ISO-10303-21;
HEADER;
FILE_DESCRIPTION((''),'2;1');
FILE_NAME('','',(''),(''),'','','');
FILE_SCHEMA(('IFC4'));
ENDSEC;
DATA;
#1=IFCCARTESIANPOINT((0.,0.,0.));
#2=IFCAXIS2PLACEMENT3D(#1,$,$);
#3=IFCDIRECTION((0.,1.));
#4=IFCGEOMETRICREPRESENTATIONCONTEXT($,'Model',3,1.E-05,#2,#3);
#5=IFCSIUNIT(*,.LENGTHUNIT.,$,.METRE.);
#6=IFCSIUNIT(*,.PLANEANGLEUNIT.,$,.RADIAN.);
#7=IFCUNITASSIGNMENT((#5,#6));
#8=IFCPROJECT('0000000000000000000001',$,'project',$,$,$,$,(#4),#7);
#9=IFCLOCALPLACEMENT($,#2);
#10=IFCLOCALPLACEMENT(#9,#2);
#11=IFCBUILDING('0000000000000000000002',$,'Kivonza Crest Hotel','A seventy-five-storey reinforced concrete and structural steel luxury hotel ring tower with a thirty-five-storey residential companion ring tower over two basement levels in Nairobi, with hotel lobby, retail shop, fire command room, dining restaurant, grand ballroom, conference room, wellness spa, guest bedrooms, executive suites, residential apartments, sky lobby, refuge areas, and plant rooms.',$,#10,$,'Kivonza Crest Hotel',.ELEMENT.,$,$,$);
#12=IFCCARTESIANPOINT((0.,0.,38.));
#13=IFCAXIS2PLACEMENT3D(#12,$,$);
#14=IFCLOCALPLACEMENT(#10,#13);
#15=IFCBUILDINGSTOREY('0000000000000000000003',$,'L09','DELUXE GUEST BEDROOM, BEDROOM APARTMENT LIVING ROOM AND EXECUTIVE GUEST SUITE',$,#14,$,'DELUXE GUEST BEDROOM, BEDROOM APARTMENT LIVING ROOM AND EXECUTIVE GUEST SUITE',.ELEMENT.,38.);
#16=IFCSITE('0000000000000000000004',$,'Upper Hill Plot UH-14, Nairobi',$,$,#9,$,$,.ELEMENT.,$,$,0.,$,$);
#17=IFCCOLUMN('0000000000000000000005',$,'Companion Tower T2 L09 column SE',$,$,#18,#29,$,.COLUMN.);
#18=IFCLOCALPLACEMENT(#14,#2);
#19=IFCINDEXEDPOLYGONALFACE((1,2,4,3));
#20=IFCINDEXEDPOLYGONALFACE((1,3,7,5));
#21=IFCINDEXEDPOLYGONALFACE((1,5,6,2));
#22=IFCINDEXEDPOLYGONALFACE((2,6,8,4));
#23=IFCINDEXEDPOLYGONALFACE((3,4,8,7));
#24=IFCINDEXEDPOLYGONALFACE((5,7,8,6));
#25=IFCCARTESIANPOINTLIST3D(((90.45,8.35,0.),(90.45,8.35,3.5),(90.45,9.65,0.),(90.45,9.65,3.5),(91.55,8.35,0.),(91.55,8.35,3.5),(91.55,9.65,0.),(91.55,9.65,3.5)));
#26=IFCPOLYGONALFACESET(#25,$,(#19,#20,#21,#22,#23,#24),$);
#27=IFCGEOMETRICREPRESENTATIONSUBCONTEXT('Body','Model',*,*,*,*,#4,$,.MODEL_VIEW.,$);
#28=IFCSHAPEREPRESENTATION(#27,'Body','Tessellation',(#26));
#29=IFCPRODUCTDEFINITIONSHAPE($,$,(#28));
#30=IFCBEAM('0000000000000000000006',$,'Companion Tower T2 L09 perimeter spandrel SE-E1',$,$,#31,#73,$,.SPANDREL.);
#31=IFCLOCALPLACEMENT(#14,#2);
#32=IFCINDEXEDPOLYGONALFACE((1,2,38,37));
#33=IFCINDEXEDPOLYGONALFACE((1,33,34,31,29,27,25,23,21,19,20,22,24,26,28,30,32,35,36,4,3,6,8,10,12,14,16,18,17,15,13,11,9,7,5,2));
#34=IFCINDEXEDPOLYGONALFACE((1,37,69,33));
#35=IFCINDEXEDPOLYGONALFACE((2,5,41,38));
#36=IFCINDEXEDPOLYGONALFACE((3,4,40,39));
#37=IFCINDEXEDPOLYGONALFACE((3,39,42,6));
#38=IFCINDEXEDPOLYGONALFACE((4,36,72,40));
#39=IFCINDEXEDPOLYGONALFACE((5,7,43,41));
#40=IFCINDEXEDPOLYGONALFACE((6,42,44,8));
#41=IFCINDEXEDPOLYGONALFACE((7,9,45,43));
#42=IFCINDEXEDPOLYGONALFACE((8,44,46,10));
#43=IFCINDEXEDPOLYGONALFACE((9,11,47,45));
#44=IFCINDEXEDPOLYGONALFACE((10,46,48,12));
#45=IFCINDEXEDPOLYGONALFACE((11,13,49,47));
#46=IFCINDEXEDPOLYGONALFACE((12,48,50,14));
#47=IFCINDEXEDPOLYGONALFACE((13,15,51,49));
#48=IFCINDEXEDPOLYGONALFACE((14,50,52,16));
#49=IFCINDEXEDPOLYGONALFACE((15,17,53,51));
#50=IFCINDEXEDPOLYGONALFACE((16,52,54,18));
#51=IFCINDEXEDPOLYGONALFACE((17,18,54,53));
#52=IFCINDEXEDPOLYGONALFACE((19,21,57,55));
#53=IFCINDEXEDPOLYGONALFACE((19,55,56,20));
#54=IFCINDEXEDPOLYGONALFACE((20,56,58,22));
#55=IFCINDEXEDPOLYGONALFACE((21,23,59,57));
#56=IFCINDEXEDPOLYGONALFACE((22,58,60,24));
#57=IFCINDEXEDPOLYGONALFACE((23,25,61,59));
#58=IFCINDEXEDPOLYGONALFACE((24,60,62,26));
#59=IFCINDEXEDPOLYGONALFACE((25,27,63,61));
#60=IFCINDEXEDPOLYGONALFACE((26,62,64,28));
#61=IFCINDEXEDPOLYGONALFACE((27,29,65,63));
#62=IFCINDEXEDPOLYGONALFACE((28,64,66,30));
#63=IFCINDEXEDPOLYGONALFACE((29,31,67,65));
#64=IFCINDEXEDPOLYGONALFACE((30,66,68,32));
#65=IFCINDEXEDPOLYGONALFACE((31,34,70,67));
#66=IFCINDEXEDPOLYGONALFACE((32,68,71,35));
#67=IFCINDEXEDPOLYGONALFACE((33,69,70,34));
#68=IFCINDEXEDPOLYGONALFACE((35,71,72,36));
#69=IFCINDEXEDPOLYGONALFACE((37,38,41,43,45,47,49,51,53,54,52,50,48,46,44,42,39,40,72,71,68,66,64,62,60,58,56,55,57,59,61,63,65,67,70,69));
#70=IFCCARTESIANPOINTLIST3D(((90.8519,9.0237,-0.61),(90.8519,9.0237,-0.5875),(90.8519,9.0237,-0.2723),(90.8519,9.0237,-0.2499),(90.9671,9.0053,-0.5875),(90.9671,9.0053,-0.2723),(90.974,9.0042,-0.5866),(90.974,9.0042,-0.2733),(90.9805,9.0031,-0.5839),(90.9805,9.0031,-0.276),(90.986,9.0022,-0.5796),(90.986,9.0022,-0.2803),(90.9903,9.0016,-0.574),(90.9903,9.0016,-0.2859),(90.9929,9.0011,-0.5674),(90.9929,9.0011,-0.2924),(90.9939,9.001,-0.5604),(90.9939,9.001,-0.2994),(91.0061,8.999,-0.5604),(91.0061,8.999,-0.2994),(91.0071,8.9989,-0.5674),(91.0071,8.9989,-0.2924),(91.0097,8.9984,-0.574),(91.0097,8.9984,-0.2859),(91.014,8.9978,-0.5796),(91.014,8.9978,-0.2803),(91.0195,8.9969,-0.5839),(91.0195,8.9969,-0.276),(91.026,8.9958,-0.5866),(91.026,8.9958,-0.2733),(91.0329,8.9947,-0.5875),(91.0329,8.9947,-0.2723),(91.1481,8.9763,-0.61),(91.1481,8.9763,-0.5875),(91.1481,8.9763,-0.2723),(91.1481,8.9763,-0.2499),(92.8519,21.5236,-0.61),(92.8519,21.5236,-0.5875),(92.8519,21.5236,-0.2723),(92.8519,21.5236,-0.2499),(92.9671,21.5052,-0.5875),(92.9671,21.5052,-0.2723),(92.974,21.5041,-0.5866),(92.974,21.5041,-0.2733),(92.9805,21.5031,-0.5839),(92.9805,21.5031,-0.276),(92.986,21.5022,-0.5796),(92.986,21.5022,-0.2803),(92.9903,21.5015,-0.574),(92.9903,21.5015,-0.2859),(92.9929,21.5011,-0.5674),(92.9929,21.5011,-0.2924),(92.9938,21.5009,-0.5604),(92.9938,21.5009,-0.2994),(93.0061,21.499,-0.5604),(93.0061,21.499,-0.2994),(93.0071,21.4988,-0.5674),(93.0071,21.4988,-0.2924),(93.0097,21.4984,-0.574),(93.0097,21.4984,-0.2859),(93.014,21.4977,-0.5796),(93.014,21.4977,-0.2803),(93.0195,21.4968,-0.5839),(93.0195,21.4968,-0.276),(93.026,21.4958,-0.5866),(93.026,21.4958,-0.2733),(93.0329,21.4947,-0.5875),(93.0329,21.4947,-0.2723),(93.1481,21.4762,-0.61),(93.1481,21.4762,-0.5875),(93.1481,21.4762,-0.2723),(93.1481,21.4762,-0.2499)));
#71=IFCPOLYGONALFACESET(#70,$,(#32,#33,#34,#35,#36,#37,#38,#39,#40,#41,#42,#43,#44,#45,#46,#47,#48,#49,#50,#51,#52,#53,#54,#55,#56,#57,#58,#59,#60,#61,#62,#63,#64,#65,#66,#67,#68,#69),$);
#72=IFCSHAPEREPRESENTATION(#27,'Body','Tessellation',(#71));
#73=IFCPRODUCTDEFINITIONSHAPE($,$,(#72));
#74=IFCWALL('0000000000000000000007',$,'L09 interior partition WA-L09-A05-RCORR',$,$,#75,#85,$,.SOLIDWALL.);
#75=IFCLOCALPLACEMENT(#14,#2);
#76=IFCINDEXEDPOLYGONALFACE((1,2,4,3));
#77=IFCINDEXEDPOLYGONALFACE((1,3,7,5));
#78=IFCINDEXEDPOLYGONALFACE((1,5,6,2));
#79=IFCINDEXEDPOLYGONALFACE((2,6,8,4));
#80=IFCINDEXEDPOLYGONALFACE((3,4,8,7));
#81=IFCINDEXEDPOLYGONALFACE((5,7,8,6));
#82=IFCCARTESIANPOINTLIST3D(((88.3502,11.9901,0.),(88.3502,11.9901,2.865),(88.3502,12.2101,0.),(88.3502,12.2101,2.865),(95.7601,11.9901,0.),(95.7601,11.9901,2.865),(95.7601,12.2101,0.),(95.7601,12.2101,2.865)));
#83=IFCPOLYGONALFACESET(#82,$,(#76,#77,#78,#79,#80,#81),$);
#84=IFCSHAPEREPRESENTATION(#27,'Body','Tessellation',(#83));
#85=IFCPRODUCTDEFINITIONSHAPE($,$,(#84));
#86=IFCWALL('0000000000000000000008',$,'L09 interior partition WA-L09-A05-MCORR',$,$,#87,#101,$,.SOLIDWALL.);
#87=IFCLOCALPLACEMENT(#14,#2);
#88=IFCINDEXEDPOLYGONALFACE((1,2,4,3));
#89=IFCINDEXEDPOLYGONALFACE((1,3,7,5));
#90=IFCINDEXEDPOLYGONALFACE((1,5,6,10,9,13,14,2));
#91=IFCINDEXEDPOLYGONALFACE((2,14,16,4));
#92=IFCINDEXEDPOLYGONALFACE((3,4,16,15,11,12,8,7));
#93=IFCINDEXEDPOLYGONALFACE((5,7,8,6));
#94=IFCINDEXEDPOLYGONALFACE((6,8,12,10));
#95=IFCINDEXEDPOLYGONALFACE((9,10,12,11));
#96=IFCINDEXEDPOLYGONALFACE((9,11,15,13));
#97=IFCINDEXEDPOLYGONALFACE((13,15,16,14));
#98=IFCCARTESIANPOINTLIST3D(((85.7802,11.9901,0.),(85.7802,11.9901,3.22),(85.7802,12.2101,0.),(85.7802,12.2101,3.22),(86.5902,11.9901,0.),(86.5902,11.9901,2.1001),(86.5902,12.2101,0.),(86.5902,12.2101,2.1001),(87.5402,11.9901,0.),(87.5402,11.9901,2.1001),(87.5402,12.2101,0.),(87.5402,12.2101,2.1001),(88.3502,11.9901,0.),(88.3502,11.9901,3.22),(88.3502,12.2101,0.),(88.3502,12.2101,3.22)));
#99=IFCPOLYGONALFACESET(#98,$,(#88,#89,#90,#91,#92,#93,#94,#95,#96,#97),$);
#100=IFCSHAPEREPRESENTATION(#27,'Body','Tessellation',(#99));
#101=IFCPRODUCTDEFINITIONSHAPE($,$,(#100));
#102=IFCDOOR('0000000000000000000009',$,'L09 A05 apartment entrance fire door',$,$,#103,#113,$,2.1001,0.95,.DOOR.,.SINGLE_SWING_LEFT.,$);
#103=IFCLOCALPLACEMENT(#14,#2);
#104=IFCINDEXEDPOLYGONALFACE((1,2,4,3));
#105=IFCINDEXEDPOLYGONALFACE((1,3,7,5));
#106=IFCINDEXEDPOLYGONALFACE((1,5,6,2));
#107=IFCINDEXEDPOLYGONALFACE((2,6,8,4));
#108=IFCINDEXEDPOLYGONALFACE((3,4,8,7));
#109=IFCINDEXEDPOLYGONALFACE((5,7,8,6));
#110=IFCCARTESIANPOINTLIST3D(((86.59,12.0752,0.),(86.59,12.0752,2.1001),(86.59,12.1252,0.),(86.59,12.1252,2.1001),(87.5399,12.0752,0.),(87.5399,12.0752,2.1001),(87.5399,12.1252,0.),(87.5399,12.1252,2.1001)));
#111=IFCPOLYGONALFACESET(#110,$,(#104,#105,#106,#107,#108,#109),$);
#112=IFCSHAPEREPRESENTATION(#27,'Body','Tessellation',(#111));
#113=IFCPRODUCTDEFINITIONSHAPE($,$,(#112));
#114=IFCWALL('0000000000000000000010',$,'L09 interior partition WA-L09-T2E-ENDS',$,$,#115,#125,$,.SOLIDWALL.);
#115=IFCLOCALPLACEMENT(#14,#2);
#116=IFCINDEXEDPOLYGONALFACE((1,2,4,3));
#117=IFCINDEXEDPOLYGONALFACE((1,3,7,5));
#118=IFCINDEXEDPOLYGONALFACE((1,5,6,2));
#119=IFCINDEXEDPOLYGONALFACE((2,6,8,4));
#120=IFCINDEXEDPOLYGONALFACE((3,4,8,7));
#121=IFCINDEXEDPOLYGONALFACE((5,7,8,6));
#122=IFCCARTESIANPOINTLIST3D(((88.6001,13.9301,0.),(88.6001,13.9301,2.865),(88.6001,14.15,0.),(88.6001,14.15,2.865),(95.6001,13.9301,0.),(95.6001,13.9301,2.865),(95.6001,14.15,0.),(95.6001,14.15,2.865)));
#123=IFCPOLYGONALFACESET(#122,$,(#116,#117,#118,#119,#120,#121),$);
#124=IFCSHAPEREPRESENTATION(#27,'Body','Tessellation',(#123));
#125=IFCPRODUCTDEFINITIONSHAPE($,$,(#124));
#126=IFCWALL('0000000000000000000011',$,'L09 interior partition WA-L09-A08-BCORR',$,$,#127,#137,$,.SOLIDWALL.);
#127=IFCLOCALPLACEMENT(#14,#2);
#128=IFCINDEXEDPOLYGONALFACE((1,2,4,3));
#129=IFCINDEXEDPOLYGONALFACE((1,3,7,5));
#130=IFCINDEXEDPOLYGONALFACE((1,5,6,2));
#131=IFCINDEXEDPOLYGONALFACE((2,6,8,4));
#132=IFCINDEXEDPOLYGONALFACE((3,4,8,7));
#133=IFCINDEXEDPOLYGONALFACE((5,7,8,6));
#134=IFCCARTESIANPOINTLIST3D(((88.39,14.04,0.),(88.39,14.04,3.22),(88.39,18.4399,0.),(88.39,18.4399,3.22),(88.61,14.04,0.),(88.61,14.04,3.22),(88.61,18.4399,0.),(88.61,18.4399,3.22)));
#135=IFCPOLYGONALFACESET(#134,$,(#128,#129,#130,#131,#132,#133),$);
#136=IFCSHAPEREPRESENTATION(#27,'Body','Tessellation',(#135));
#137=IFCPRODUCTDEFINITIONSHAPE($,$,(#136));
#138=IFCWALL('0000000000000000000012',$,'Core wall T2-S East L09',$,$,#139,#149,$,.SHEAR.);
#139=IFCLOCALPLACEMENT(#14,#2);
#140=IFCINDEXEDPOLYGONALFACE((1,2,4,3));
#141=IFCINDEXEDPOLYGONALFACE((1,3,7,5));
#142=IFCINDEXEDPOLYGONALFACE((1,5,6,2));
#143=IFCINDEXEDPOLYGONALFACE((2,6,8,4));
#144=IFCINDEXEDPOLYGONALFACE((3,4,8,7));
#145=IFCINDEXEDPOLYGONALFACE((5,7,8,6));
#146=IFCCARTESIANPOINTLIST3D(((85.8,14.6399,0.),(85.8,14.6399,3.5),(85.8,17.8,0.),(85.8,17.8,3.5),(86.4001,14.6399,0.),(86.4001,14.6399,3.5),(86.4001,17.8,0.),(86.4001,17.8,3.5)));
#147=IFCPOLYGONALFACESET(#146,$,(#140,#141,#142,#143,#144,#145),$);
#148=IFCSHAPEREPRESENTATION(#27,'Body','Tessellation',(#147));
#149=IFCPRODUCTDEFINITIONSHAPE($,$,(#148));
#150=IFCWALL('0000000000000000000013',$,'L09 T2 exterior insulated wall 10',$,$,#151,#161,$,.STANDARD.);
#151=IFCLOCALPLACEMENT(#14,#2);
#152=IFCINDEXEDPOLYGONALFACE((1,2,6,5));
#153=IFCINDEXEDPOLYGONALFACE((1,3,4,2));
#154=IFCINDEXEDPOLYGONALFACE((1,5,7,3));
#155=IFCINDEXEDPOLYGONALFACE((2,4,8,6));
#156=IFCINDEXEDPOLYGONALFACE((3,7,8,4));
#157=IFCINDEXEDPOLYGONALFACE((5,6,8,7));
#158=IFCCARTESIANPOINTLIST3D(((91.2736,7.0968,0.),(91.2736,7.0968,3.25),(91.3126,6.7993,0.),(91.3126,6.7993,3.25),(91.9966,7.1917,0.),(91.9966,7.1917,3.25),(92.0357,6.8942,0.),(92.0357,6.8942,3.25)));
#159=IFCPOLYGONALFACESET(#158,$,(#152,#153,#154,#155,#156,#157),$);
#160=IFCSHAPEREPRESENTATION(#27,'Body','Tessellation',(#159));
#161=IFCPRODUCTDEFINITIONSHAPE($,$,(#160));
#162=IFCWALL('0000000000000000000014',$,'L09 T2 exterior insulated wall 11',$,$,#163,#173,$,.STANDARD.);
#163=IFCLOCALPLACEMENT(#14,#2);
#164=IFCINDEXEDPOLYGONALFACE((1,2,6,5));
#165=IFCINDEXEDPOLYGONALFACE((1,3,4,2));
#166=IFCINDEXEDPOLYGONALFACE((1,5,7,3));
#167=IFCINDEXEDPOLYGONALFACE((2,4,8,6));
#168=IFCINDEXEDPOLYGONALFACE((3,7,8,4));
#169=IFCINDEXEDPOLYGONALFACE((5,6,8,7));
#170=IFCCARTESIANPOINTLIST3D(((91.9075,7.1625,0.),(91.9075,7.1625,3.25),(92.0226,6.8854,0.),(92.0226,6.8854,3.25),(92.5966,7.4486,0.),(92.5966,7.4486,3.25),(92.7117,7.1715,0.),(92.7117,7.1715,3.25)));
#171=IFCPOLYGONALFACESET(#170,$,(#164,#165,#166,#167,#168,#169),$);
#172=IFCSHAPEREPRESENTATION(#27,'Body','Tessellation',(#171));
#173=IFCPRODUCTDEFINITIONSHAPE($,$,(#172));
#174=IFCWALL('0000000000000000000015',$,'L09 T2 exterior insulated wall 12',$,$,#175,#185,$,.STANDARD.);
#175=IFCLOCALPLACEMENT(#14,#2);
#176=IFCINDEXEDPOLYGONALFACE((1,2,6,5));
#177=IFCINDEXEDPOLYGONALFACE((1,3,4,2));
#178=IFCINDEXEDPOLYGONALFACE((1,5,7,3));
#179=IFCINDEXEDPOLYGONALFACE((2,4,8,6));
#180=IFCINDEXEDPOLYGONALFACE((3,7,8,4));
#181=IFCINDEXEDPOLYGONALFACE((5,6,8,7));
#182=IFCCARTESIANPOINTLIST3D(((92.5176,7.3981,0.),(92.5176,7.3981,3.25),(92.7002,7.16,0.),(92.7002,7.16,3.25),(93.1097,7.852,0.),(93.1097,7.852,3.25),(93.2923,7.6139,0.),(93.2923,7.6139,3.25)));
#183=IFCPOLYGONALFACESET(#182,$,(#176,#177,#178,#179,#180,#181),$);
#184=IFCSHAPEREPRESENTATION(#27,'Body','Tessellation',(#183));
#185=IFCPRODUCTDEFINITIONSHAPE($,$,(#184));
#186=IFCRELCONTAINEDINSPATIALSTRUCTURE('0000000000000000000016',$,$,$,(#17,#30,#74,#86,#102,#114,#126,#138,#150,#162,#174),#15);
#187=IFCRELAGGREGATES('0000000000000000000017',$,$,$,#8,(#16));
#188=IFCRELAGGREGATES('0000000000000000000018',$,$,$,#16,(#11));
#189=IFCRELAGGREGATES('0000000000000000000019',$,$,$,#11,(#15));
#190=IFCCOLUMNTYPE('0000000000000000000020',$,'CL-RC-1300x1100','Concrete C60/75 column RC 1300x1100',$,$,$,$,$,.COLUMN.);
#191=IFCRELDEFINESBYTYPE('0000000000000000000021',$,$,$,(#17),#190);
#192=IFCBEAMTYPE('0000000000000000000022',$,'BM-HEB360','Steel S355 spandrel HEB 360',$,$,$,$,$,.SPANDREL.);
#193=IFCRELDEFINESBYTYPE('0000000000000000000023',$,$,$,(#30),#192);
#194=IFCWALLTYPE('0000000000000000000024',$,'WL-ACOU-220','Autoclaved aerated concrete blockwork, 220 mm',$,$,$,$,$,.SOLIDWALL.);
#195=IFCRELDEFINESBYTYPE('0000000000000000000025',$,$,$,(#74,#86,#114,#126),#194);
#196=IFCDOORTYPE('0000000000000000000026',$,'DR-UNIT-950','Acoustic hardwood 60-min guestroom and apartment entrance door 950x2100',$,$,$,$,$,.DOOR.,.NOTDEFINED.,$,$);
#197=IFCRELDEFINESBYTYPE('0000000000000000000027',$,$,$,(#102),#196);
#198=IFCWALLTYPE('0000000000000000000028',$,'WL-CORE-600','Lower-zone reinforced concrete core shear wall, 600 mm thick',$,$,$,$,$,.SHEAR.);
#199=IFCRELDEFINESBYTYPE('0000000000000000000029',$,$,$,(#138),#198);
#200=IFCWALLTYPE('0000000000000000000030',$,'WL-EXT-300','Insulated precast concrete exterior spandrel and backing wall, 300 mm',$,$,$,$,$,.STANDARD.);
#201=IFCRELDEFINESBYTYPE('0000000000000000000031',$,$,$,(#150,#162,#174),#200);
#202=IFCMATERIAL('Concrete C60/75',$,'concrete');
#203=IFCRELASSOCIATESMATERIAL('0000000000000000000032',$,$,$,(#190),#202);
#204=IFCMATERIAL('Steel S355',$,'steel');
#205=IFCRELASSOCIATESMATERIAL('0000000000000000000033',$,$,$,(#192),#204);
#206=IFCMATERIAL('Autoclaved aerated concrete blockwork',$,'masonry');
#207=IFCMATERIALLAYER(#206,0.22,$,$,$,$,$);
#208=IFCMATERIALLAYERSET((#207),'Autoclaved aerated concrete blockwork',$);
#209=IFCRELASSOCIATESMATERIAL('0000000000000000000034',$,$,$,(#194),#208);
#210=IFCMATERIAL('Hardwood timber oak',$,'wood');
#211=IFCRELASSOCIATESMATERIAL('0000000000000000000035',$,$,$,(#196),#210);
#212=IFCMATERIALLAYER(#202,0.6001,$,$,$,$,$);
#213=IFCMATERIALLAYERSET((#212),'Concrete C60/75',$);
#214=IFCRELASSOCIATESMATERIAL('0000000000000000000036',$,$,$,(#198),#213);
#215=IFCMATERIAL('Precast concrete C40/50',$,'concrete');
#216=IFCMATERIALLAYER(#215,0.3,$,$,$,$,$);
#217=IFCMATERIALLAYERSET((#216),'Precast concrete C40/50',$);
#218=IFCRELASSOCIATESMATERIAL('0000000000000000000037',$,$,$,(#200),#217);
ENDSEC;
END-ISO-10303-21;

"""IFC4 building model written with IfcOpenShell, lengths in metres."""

from ifc_helpers import new_model, si_unit, direction, frame, frame_2d, origin, origin_2d, place, context, subcontext, project, spatial, rectangle, i_section, extrude, material, layer, layer_set, material_profile, profile_set, type_object, element, fill, save


model = new_model("IFC4")

# Units and contexts
model_context = context("Model", 3, precision=1e-05, world=origin(), true_north=direction((0.0, 1.0)))
body_context = subcontext(model_context, "Body", "Model", "MODEL_VIEW")
ifc_project = project(units=[si_unit("LENGTHUNIT", "METRE"), si_unit("PLANEANGLEUNIT", "RADIAN")], contexts=[model_context])

# Site, building, storey
site_placement = place(None, origin())
site = spatial("IfcSite", under=ifc_project, at=site_placement, Name="Upper Hill Plot UH-14, Nairobi", CompositionType="ELEMENT", RefElevation=0.0)
building_placement = place(site_placement, origin())
building = spatial("IfcBuilding", under=site, at=building_placement, Name="Kivonza Crest Hotel", Description="A seventy-five-storey reinforced concrete and structural steel luxury hotel ring tower with a thirty-five-storey residential companion ring tower over two basement levels in Nairobi, with hotel lobby, retail shop, fire command room, dining restaurant, grand ballroom, conference room, wellness spa, guest bedrooms, executive suites, residential apartments, sky lobby, refuge areas, and plant rooms.", LongName="Kivonza Crest Hotel", CompositionType="ELEMENT")
storey_placement = place(building_placement, frame((0.0, 0.0, 38.0)))
storey = spatial("IfcBuildingStorey", under=building, at=storey_placement, Name="L09", Description="DELUXE GUEST BEDROOM, BEDROOM APARTMENT LIVING ROOM AND EXECUTIVE GUEST SUITE", LongName="DELUXE GUEST BEDROOM, BEDROOM APARTMENT LIVING ROOM AND EXECUTIVE GUEST SUITE", CompositionType="ELEMENT", Elevation=38.0)

# Column
ifc_material_1 = material(Name="Concrete C60/75", Category="concrete")
ifc_material_profile_1 = material_profile(ifc_material_1, rectangle(XDim=1.1001, YDim=1.3, at=origin_2d()), Name="RC 1300x1100")
ifc_profile_set_1 = profile_set([ifc_material_profile_1], Name="Concrete C60/75")
column_type = type_object("IfcColumnType", Name="CL-RC-1300x1100", Description="Concrete C60/75 column RC 1300x1100", PredefinedType="COLUMN", material=ifc_profile_set_1)
column_placement = place(storey_placement, frame((91.0, 9.0, 0.0), z_axis=(0.0, 0.0, 1.0), x_axis=(1.0, 0.0, 0.0)))
element("IfcColumn", 1, at=column_placement, inside=storey, type_object=column_type, Name="Companion Tower T2 L09 column SE", PredefinedType="COLUMN", context=body_context, shape_type="SweptSolid", body=[
    extrude(rectangle(XDim=1.1001, YDim=1.3, at=origin_2d()), origin(), (0.0, 0.0, 1.0), 3.5),
])

# Beam
ifc_material_2 = material(Name="Steel S355", Category="steel")
ifc_material_profile_2 = material_profile(ifc_material_2, i_section(OverallWidth=0.3, OverallDepth=0.3601, WebThickness=0.0125, FlangeThickness=0.0225, FilletRadius=0.0271, at=origin_2d()), Name="HEB 360")
ifc_profile_set_2 = profile_set([ifc_material_profile_2], Name="Steel S355")
beam_type = type_object("IfcBeamType", Name="BM-HEB360", Description="Steel S355 spandrel HEB 360", PredefinedType="SPANDREL", material=ifc_profile_set_2)
beam_placement = place(storey_placement, frame((91.0, 9.0, -0.4299), z_axis=(0.157991, 0.987441, 0.0), x_axis=(-0.987441, 0.157991, 0.0)))
element("IfcBeam", 2, at=beam_placement, inside=storey, type_object=beam_type, Name="Companion Tower T2 L09 perimeter spandrel SE-E1", PredefinedType="SPANDREL", context=body_context, shape_type="SweptSolid", body=[
    extrude(i_section(OverallWidth=0.3, OverallDepth=0.3601, WebThickness=0.0125, FlangeThickness=0.0225, FilletRadius=0.0271, at=origin_2d()), origin(), (0.0, 0.0, 1.0), 12.6589),
])

# Wall
ifc_material_3 = material(Name="Autoclaved aerated concrete blockwork", Category="masonry")
ifc_layer_1 = layer(ifc_material_3, 0.22)
ifc_layer_set_1 = layer_set([ifc_layer_1], Name="Autoclaved aerated concrete blockwork")
wall_type_1 = type_object("IfcWallType", Name="WL-ACOU-220", Description="Autoclaved aerated concrete blockwork, 220 mm", PredefinedType="SOLIDWALL", material=ifc_layer_set_1)
wall_1_placement = place(storey_placement, frame((88.3501, 12.1001, 0.0), z_axis=(0.0, 0.0, 1.0), x_axis=(1.0, 0.0, 0.0)))
element("IfcWall", 3, at=wall_1_placement, inside=storey, type_object=wall_type_1, Name="L09 interior partition WA-L09-A05-RCORR", PredefinedType="SOLIDWALL", context=body_context, shape_type="SweptSolid", body=[
    extrude(rectangle(XDim=7.4099, YDim=0.22, at=frame_2d((3.7051, 0.0))), origin(), (0.0, 0.0, 1.0), 2.865),
])

# Wall, opening, door
wall_2_placement = place(storey_placement, frame((85.78, 12.1001, 0.0), z_axis=(0.0, 0.0, 1.0), x_axis=(1.0, 0.0, 0.0)))
wall_2 = element("IfcWall", 4, at=wall_2_placement, inside=storey, type_object=wall_type_1, Name="L09 interior partition WA-L09-A05-MCORR", PredefinedType="SOLIDWALL", context=body_context, shape_type="SweptSolid", body=[
    extrude(rectangle(XDim=2.5701, YDim=0.22, at=frame_2d((1.2852, 0.0))), origin(), (0.0, 0.0, 1.0), 3.22),
])
opening_1_placement = place(wall_2_placement, frame((0.8101, 0.0, 0.0)))
opening_1 = element("IfcOpeningElement", 5, at=opening_1_placement, cuts=wall_2, PredefinedType="OPENING", context=body_context, shape_type="SweptSolid", body=[
    extrude(rectangle(XDim=0.95, YDim=2.1001, at=frame_2d((0.4751, 1.05))), frame((0.0, 0.1201, 0.0), z_axis=(0.0, -1.0, 0.0), x_axis=(1.0, 0.0, 0.0)), (0.0, 0.0, 1.0), 0.24),
])
ifc_material_4 = material(Name="Hardwood timber oak", Category="wood")
door_type_1 = type_object("IfcDoorType", Name="DR-UNIT-950", Description="Acoustic hardwood 60-min guestroom and apartment entrance door 950x2100", OperationType="NOTDEFINED", PredefinedType="DOOR", material=ifc_material_4)
door_1_placement = place(opening_1_placement, frame((0.95, 0.0, 0.0), z_axis=(0.0, 0.0, 1.0), x_axis=(-1.0, 0.0, 0.0)))
door_1 = element("IfcDoor", 6, at=door_1_placement, inside=storey, type_object=door_type_1, Name="L09 A05 apartment entrance fire door", OperationType="SINGLE_SWING_LEFT", OverallHeight=2.1001, OverallWidth=0.95, PredefinedType="DOOR", context=body_context, shape_type="SweptSolid", body=[
    extrude(rectangle(XDim=0.95, YDim=2.1001, at=frame_2d((0.4751, 1.05))), frame((0.0, 0.0249, 0.0), z_axis=(0.0, -1.0, 0.0), x_axis=(1.0, 0.0, 0.0)), (0.0, 0.0, 1.0), 0.05),
])
fill(opening_1, door_1)

# Walls
wall_3_placement = place(storey_placement, frame((88.6001, 14.04, 0.0), z_axis=(0.0, 0.0, 1.0), x_axis=(1.0, 0.0, 0.0)))
element("IfcWall", 7, at=wall_3_placement, inside=storey, type_object=wall_type_1, Name="L09 interior partition WA-L09-T2E-ENDS", PredefinedType="SOLIDWALL", context=body_context, shape_type="SweptSolid", body=[
    extrude(rectangle(XDim=7.0, YDim=0.22, at=frame_2d((3.5, 0.0))), origin(), (0.0, 0.0, 1.0), 2.865),
])
wall_4_placement = place(storey_placement, frame((88.5, 14.04, 0.0), z_axis=(0.0, 0.0, 1.0), x_axis=(0.0, 1.0, 0.0)))
element("IfcWall", 8, at=wall_4_placement, inside=storey, type_object=wall_type_1, Name="L09 interior partition WA-L09-A08-BCORR", PredefinedType="SOLIDWALL", context=body_context, shape_type="SweptSolid", body=[
    extrude(rectangle(XDim=4.3999, YDim=0.22, at=frame_2d((2.2, 0.0))), origin(), (0.0, 0.0, 1.0), 3.22),
])
ifc_layer_2 = layer(ifc_material_1, 0.6001)
ifc_layer_set_2 = layer_set([ifc_layer_2], Name="Concrete C60/75")
wall_type_2 = type_object("IfcWallType", Name="WL-CORE-600", Description="Lower-zone reinforced concrete core shear wall, 600 mm thick", PredefinedType="SHEAR", material=ifc_layer_set_2)
wall_5_placement = place(storey_placement, frame((86.1001, 14.6399, 0.0), z_axis=(0.0, 0.0, 1.0), x_axis=(0.0, 1.0, 0.0)))
element("IfcWall", 9, at=wall_5_placement, inside=storey, type_object=wall_type_2, Name="Core wall T2-S East L09", PredefinedType="SHEAR", context=body_context, shape_type="SweptSolid", body=[
    extrude(rectangle(XDim=3.1602, YDim=0.6001, at=frame_2d((1.5801, 0.0))), origin(), (0.0, 0.0, 1.0), 3.5),
])
ifc_material_5 = material(Name="Precast concrete C40/50", Category="concrete")
ifc_layer_3 = layer(ifc_material_5, 0.3)
ifc_layer_set_3 = layer_set([ifc_layer_3], Name="Precast concrete C40/50")
wall_type_3 = type_object("IfcWallType", Name="WL-EXT-300", Description="Insulated precast concrete exterior spandrel and backing wall, 300 mm", PredefinedType="STANDARD", material=ifc_layer_set_3)
wall_6_placement = place(storey_placement, frame((91.293, 6.948, 0.0), z_axis=(0.0, 0.0, 1.0), x_axis=(0.991486, 0.130212, 0.0)))
element("IfcWall", 10, at=wall_6_placement, inside=storey, type_object=wall_type_3, Name="L09 T2 exterior insulated wall 10", PredefinedType="STANDARD", context=body_context, shape_type="SweptSolid", body=[
    extrude(rectangle(XDim=0.7292, YDim=0.3, at=frame_2d((0.3647, 0.0))), origin(), (0.0, 0.0, 1.0), 3.25),
])
for number, where, z_axis, x_axis, name in (
    (11, (91.9651, 7.0239, 0.0), (0.0, 0.0, 1.0), (0.923522, 0.383546, 0.0), "L09 T2 exterior insulated wall 11"),
    (12, (92.6089, 7.2791, 0.0), (0.0, 0.0, 1.0), (0.793633, 0.608397, 0.0), "L09 T2 exterior insulated wall 12"),
):
    element("IfcWall", number, at=place(storey_placement, frame(where, z_axis=z_axis, x_axis=x_axis)), inside=storey, type_object=wall_type_3, Name=name, PredefinedType="STANDARD", context=body_context, shape_type="SweptSolid", body=[
        extrude(rectangle(XDim=0.7461, YDim=0.3, at=frame_2d((0.373, 0.0))), origin(), (0.0, 0.0, 1.0), 3.25),
    ])

save(model, "model.ifc")
